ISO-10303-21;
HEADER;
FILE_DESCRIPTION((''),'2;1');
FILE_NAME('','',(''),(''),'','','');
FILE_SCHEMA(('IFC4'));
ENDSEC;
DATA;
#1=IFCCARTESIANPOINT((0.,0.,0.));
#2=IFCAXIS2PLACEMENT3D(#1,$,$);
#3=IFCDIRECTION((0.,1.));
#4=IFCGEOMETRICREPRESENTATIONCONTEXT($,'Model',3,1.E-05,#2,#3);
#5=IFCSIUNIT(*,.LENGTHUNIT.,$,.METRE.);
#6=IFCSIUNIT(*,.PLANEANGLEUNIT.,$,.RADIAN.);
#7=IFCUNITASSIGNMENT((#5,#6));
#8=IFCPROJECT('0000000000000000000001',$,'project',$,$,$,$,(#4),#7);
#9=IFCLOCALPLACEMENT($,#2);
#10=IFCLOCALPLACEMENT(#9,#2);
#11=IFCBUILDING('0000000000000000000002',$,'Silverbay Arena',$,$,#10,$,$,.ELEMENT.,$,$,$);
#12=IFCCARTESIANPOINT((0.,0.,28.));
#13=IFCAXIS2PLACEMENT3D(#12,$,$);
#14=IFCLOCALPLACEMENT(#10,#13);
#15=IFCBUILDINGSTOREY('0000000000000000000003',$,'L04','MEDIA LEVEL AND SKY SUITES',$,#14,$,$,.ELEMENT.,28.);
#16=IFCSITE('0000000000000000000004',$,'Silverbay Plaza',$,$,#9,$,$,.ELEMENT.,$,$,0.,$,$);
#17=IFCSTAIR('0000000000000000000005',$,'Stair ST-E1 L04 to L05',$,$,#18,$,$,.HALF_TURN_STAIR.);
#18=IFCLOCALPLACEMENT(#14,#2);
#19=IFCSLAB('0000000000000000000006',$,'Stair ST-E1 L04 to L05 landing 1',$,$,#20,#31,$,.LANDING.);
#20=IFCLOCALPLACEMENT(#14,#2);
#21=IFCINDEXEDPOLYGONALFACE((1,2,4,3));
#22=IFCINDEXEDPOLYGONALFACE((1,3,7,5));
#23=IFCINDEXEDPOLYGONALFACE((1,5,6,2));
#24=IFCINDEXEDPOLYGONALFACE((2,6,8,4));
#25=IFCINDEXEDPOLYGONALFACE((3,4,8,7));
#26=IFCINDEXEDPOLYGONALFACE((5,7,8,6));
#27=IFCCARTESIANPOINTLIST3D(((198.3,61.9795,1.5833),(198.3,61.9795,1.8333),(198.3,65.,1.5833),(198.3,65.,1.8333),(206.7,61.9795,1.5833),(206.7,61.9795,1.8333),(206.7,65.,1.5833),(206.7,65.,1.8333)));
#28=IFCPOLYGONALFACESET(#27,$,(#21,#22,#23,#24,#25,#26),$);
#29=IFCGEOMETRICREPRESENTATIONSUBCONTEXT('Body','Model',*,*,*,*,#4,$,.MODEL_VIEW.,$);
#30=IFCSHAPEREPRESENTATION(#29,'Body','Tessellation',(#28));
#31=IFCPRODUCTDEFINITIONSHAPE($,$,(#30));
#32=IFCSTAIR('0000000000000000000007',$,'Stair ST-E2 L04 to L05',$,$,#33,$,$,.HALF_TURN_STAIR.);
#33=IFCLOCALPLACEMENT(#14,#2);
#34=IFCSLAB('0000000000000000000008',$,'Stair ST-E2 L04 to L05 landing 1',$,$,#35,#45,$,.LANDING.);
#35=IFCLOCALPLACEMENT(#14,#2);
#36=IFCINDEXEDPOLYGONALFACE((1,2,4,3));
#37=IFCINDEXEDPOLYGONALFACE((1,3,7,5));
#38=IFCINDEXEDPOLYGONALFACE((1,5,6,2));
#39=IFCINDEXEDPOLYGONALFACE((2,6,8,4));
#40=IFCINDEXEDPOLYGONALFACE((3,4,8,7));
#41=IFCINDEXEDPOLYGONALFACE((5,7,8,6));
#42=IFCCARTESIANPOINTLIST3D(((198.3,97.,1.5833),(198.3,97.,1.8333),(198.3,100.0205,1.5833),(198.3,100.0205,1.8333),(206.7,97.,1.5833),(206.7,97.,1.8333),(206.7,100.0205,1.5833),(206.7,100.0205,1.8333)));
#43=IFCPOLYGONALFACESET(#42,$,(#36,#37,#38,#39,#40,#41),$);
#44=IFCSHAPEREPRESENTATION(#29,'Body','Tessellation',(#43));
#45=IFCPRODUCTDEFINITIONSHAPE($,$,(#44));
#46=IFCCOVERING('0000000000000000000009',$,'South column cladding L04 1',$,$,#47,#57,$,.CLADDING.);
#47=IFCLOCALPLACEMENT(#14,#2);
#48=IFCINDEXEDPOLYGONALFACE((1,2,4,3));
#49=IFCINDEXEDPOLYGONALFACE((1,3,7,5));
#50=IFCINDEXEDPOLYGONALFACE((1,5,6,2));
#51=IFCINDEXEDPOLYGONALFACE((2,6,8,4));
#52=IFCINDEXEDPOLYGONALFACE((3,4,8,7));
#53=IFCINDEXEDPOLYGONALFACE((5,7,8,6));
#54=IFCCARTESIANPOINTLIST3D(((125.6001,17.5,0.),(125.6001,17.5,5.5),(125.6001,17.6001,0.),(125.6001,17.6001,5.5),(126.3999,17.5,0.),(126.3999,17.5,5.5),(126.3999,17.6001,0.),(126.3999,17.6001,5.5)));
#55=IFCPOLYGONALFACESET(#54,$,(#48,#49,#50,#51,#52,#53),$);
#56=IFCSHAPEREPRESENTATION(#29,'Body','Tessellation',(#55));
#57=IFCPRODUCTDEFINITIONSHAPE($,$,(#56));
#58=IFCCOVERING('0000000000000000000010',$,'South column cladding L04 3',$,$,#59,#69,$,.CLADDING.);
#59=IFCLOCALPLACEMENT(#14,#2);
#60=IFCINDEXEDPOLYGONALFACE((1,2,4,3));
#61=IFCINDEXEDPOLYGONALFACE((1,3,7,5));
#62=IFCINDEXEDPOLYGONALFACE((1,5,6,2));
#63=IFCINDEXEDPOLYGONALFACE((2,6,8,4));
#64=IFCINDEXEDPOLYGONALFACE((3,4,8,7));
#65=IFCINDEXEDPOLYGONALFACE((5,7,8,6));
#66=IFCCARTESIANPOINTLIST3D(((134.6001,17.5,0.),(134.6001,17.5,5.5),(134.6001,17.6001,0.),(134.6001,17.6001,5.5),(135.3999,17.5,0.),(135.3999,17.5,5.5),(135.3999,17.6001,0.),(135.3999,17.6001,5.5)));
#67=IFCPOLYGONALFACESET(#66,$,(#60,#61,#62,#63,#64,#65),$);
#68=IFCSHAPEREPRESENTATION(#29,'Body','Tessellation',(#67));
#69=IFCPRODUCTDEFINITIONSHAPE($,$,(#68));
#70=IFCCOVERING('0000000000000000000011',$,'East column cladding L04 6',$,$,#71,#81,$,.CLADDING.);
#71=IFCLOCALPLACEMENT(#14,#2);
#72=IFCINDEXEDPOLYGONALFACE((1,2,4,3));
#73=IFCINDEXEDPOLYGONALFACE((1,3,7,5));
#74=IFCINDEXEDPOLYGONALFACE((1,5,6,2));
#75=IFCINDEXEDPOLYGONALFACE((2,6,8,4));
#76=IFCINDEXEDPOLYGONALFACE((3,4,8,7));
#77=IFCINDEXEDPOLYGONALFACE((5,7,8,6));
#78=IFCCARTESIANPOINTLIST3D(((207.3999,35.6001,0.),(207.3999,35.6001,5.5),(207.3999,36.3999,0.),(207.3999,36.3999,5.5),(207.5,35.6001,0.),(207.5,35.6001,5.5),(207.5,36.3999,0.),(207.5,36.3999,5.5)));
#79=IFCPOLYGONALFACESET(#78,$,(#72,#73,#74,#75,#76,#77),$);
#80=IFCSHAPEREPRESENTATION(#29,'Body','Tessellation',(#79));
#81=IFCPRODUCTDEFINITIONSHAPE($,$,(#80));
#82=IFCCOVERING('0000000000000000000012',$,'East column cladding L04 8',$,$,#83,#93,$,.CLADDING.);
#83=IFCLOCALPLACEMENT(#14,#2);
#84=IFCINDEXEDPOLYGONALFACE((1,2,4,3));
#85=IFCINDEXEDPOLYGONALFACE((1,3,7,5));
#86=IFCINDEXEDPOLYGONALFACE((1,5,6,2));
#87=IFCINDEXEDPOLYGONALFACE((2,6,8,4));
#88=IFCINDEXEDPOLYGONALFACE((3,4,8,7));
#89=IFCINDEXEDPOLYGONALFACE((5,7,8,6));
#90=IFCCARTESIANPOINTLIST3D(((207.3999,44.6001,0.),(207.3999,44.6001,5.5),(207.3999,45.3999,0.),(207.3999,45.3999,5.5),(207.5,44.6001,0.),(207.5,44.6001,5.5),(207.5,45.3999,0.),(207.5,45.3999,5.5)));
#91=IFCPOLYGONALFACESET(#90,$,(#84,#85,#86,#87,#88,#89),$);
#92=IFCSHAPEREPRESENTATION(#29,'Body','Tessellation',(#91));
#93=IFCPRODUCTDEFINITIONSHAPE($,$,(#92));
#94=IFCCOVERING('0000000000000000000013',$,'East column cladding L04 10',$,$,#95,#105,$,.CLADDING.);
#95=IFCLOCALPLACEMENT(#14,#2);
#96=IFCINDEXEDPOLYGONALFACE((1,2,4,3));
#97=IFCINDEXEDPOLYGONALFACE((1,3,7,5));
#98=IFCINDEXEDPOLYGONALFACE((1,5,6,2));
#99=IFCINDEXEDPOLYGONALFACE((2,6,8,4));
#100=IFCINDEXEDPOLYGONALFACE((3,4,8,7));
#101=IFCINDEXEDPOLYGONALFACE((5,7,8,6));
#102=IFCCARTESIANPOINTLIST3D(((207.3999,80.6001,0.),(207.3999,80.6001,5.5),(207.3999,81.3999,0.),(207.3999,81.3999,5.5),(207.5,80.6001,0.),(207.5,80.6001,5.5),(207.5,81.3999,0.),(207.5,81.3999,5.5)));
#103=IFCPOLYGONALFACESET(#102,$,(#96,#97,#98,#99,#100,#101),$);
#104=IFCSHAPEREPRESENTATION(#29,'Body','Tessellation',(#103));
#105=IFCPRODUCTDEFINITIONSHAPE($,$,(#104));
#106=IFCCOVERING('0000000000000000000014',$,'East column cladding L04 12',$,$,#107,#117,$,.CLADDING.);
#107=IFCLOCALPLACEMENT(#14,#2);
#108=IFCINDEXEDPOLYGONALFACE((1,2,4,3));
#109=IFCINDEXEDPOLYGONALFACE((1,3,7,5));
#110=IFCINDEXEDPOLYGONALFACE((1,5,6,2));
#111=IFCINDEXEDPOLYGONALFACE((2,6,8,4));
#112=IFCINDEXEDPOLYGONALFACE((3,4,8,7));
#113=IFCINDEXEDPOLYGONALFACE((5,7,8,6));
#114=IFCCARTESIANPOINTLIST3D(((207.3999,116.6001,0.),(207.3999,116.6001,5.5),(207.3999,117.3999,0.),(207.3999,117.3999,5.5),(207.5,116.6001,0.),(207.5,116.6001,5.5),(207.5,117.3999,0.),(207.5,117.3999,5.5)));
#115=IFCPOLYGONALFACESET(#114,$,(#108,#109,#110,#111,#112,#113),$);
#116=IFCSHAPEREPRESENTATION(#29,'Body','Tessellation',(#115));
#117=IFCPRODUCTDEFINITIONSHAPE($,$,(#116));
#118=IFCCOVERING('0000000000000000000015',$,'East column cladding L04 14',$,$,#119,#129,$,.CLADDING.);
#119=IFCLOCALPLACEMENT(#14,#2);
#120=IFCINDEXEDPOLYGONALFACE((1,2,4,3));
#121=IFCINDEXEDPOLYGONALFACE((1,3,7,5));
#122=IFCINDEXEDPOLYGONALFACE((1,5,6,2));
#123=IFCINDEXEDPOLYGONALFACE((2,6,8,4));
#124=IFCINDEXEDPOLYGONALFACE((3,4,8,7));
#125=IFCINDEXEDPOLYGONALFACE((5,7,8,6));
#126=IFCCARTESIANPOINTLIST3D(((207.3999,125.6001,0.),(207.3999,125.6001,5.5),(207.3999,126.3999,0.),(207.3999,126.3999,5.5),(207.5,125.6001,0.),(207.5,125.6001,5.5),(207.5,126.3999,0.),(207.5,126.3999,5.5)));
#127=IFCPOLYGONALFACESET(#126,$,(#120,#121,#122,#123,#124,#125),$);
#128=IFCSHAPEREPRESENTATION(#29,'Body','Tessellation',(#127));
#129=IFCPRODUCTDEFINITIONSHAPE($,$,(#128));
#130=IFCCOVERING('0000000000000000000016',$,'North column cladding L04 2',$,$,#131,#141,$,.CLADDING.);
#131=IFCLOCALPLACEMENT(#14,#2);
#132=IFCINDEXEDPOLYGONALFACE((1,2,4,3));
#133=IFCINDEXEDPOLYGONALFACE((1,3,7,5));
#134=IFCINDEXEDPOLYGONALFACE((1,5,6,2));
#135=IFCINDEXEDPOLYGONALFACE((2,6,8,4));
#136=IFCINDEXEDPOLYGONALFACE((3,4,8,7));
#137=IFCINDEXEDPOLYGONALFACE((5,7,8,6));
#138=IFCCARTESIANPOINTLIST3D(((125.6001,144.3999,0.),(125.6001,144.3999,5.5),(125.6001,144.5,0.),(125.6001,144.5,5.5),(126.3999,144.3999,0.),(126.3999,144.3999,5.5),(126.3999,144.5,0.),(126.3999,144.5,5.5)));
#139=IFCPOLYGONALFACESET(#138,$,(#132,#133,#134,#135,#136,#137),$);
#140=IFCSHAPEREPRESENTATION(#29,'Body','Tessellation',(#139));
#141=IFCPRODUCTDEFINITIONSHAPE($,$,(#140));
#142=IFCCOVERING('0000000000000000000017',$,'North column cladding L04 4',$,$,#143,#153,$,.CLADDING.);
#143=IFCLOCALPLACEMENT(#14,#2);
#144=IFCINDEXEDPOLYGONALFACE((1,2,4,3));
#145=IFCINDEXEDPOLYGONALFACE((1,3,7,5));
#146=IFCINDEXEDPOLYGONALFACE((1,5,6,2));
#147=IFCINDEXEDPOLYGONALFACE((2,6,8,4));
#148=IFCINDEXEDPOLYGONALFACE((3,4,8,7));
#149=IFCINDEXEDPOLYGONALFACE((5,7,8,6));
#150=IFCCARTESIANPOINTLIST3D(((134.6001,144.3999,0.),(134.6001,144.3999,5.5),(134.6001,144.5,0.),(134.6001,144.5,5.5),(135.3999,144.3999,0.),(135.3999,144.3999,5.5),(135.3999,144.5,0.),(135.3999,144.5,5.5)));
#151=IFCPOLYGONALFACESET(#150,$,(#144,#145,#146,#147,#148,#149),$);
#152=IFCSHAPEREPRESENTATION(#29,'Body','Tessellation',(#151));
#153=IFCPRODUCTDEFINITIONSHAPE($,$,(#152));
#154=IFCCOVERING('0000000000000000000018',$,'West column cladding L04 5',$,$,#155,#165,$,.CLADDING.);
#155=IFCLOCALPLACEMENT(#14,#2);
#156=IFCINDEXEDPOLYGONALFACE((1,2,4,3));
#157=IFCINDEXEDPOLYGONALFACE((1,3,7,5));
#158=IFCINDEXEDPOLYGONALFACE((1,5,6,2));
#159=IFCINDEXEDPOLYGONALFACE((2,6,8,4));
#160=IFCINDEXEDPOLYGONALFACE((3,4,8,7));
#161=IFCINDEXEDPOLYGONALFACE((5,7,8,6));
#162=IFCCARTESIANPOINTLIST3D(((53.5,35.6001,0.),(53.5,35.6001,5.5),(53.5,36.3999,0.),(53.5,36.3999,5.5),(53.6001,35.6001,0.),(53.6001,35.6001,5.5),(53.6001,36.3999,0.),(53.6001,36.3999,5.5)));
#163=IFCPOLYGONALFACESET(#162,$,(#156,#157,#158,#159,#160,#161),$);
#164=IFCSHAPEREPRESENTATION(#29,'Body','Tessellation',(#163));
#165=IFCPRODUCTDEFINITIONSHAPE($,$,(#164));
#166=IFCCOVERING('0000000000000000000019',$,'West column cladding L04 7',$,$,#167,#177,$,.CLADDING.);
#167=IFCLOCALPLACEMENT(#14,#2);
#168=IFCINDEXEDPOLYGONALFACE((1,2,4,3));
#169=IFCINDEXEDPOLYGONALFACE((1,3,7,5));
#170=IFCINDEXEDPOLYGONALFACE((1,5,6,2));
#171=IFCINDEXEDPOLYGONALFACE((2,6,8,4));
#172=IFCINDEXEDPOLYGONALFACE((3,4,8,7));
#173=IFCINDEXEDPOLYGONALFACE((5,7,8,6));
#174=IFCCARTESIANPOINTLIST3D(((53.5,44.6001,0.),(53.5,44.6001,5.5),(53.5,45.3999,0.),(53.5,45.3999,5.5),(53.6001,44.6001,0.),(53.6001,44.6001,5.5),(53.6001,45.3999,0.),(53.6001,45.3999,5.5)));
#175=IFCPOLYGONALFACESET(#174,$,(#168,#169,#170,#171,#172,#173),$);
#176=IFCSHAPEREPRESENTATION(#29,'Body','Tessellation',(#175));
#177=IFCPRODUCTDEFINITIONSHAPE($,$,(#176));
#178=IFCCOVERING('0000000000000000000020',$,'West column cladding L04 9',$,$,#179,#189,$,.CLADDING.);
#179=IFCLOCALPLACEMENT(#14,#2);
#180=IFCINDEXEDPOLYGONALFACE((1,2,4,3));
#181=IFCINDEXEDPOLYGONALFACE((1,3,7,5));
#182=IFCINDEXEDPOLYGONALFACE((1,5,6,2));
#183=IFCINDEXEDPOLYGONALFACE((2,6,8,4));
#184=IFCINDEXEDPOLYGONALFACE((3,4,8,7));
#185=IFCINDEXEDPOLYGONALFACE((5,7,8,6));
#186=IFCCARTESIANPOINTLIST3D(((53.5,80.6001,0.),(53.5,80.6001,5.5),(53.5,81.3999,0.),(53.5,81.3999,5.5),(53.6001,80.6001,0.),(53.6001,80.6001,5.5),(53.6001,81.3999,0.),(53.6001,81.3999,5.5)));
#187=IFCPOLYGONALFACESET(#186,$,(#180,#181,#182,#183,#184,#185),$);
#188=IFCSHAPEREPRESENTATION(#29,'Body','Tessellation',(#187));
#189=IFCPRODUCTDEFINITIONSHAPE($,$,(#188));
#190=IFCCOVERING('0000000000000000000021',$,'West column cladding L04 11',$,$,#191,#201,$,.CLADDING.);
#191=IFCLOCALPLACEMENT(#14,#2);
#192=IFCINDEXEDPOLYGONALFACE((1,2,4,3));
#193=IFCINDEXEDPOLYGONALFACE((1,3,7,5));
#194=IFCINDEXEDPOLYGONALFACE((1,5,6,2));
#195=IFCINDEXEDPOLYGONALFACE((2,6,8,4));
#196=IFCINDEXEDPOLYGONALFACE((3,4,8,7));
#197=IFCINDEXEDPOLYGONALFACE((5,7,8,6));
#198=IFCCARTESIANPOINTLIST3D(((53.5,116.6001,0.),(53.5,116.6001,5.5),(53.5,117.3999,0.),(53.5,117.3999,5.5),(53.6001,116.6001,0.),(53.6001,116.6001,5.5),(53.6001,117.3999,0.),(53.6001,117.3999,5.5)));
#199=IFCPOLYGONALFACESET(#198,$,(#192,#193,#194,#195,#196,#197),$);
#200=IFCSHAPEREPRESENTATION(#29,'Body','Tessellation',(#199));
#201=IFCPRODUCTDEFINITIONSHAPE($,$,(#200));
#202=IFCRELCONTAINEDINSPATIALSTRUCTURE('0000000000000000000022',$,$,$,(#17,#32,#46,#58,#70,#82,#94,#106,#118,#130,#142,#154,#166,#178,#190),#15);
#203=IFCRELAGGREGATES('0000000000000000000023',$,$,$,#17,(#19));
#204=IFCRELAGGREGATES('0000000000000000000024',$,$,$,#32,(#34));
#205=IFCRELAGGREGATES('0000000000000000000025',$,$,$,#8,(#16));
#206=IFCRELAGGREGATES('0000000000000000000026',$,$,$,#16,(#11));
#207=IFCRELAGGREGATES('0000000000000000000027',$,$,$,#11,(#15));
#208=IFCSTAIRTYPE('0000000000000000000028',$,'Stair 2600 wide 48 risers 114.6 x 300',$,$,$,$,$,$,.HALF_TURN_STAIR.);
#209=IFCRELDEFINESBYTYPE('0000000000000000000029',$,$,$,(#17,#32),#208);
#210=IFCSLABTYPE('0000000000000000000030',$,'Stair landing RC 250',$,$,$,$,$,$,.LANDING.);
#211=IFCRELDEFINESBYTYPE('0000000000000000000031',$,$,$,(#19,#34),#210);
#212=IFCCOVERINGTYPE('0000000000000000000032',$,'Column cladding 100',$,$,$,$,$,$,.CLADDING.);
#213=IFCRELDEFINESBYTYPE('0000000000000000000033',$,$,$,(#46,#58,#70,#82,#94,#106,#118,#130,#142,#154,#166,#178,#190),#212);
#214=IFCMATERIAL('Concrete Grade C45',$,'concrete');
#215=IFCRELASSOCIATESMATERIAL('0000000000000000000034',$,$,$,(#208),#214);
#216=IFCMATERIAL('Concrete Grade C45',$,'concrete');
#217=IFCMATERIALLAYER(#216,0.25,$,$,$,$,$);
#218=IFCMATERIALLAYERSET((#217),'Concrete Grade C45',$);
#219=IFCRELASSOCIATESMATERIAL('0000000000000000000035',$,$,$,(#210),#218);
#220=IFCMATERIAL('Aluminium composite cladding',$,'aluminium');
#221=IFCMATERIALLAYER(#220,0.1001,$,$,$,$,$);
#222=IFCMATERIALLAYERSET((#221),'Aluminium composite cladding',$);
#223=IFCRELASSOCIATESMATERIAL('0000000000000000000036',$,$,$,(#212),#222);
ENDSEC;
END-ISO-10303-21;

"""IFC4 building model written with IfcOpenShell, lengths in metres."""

from ifc_helpers import new_model, si_unit, direction, frame, origin, place, context, subcontext, project, spatial, polyline, outline, extrude, material, layer, layer_set, type_object, element, aggregate, save


model = new_model("IFC4")

# Units and contexts
model_context = context("Model", 3, precision=1e-05, world=origin(), true_north=direction((0.0, 1.0)))
body_context = subcontext(model_context, "Body", "Model", "MODEL_VIEW")
ifc_project = project(units=[si_unit("LENGTHUNIT", "METRE"), si_unit("PLANEANGLEUNIT", "RADIAN")], contexts=[model_context])

# Site, building, storey
site_placement = place(None, origin())
site = spatial("IfcSite", under=ifc_project, at=site_placement, Name="Silverbay Plaza", CompositionType="ELEMENT", RefElevation=0.0)
building_placement = place(site_placement, origin())
building = spatial("IfcBuilding", under=site, at=building_placement, Name="Silverbay Arena", CompositionType="ELEMENT")
storey_placement = place(building_placement, frame((0.0, 0.0, 28.0)))
storey = spatial("IfcBuildingStorey", under=building, at=storey_placement, Name="L04", Description="MEDIA LEVEL AND SKY SUITES", CompositionType="ELEMENT", Elevation=28.0)

# Shared definitions
ifc_material_1 = material(Name="Concrete Grade C45", Category="concrete")
stair_type = type_object("IfcStairType", Name="Stair 2600 wide 48 risers 114.6 x 300", PredefinedType="HALF_TURN_STAIR", material=ifc_material_1)
ifc_material_2 = material(Name="Concrete Grade C45", Category="concrete")
ifc_layer_1 = layer(ifc_material_2, 0.25)
ifc_layer_set_1 = layer_set([ifc_layer_1], Name="Concrete Grade C45")
slab_type = type_object("IfcSlabType", Name="Stair landing RC 250", PredefinedType="LANDING", material=ifc_layer_set_1)

# Stairs, slabs
stair_1_placement = place(storey_placement, origin())
stair_1 = element("IfcStair", 1, at=stair_1_placement, inside=storey, type_object=stair_type, Name="Stair ST-E1 L04 to L05", PredefinedType="HALF_TURN_STAIR")
slab_1_placement = place(storey_placement, frame((0.0, 0.0, 1.5833)))
slab_1 = element("IfcSlab", 2, at=slab_1_placement, type_object=slab_type, Name="Stair ST-E1 L04 to L05 landing 1", PredefinedType="LANDING", context=body_context, shape_type="SweptSolid", body=[
    extrude(outline(polyline([(198.3, 61.9795), (198.3, 65.0), (206.7, 65.0), (206.7, 61.9795), (198.3, 61.9795)])), origin(), (0.0, 0.0, 1.0), 0.25),
])
aggregate(stair_1, [slab_1])
stair_2_placement = place(storey_placement, origin())
stair_2 = element("IfcStair", 3, at=stair_2_placement, inside=storey, type_object=stair_type, Name="Stair ST-E2 L04 to L05", PredefinedType="HALF_TURN_STAIR")
slab_2_placement = place(storey_placement, frame((0.0, 0.0, 1.5833)))
slab_2 = element("IfcSlab", 4, at=slab_2_placement, type_object=slab_type, Name="Stair ST-E2 L04 to L05 landing 1", PredefinedType="LANDING", context=body_context, shape_type="SweptSolid", body=[
    extrude(outline(polyline([(198.3, 100.0205), (198.3, 97.0), (206.7, 97.0), (206.7, 100.0205), (198.3, 100.0205)])), origin(), (0.0, 0.0, 1.0), 0.25),
])
aggregate(stair_2, [slab_2])

# Coverings
ifc_material_3 = material(Name="Aluminium composite cladding", Category="aluminium")
ifc_layer_2 = layer(ifc_material_3, 0.1001)
ifc_layer_set_2 = layer_set([ifc_layer_2], Name="Aluminium composite cladding")
covering_type = type_object("IfcCoveringType", Name="Column cladding 100", PredefinedType="CLADDING", material=ifc_layer_set_2)
covering_1_placement = place(storey_placement, origin())
element("IfcCovering", 5, at=covering_1_placement, inside=storey, type_object=covering_type, Name="South column cladding L04 1", PredefinedType="CLADDING", context=body_context, shape_type="SweptSolid", body=[
    extrude(outline(polyline([(125.6001, 17.5), (126.3999, 17.5), (126.3999, 17.6001), (125.6001, 17.6001), (125.6001, 17.5)])), origin(), (0.0, 0.0, 1.0), 5.5),
])
covering_2_placement = place(storey_placement, origin())
element("IfcCovering", 6, at=covering_2_placement, inside=storey, type_object=covering_type, Name="South column cladding L04 3", PredefinedType="CLADDING", context=body_context, shape_type="SweptSolid", body=[
    extrude(outline(polyline([(134.6001, 17.5), (135.3999, 17.5), (135.3999, 17.6001), (134.6001, 17.6001), (134.6001, 17.5)])), origin(), (0.0, 0.0, 1.0), 5.5),
])
covering_3_placement = place(storey_placement, origin())
element("IfcCovering", 7, at=covering_3_placement, inside=storey, type_object=covering_type, Name="East column cladding L04 6", PredefinedType="CLADDING", context=body_context, shape_type="SweptSolid", body=[
    extrude(outline(polyline([(207.3999, 35.6001), (207.5, 35.6001), (207.5, 36.3999), (207.3999, 36.3999), (207.3999, 35.6001)])), origin(), (0.0, 0.0, 1.0), 5.5),
])
covering_4_placement = place(storey_placement, origin())
element("IfcCovering", 8, at=covering_4_placement, inside=storey, type_object=covering_type, Name="East column cladding L04 8", PredefinedType="CLADDING", context=body_context, shape_type="SweptSolid", body=[
    extrude(outline(polyline([(207.3999, 44.6001), (207.5, 44.6001), (207.5, 45.3999), (207.3999, 45.3999), (207.3999, 44.6001)])), origin(), (0.0, 0.0, 1.0), 5.5),
])
covering_5_placement = place(storey_placement, origin())
element("IfcCovering", 9, at=covering_5_placement, inside=storey, type_object=covering_type, Name="East column cladding L04 10", PredefinedType="CLADDING", context=body_context, shape_type="SweptSolid", body=[
    extrude(outline(polyline([(207.3999, 80.6001), (207.5, 80.6001), (207.5, 81.3999), (207.3999, 81.3999), (207.3999, 80.6001)])), origin(), (0.0, 0.0, 1.0), 5.5),
])
covering_6_placement = place(storey_placement, origin())
element("IfcCovering", 10, at=covering_6_placement, inside=storey, type_object=covering_type, Name="East column cladding L04 12", PredefinedType="CLADDING", context=body_context, shape_type="SweptSolid", body=[
    extrude(outline(polyline([(207.3999, 116.6001), (207.5, 116.6001), (207.5, 117.3999), (207.3999, 117.3999), (207.3999, 116.6001)])), origin(), (0.0, 0.0, 1.0), 5.5),
])
covering_7_placement = place(storey_placement, origin())
element("IfcCovering", 11, at=covering_7_placement, inside=storey, type_object=covering_type, Name="East column cladding L04 14", PredefinedType="CLADDING", context=body_context, shape_type="SweptSolid", body=[
    extrude(outline(polyline([(207.3999, 125.6001), (207.5, 125.6001), (207.5, 126.3999), (207.3999, 126.3999), (207.3999, 125.6001)])), origin(), (0.0, 0.0, 1.0), 5.5),
])
covering_8_placement = place(storey_placement, origin())
element("IfcCovering", 12, at=covering_8_placement, inside=storey, type_object=covering_type, Name="North column cladding L04 2", PredefinedType="CLADDING", context=body_context, shape_type="SweptSolid", body=[
    extrude(outline(polyline([(125.6001, 144.3999), (126.3999, 144.3999), (126.3999, 144.5), (125.6001, 144.5), (125.6001, 144.3999)])), origin(), (0.0, 0.0, 1.0), 5.5),
])
covering_9_placement = place(storey_placement, origin())
element("IfcCovering", 13, at=covering_9_placement, inside=storey, type_object=covering_type, Name="North column cladding L04 4", PredefinedType="CLADDING", context=body_context, shape_type="SweptSolid", body=[
    extrude(outline(polyline([(134.6001, 144.3999), (135.3999, 144.3999), (135.3999, 144.5), (134.6001, 144.5), (134.6001, 144.3999)])), origin(), (0.0, 0.0, 1.0), 5.5),
])
covering_10_placement = place(storey_placement, origin())
element("IfcCovering", 14, at=covering_10_placement, inside=storey, type_object=covering_type, Name="West column cladding L04 5", PredefinedType="CLADDING", context=body_context, shape_type="SweptSolid", body=[
    extrude(outline(polyline([(53.5, 35.6001), (53.6001, 35.6001), (53.6001, 36.3999), (53.5, 36.3999), (53.5, 35.6001)])), origin(), (0.0, 0.0, 1.0), 5.5),
])
covering_11_placement = place(storey_placement, origin())
element("IfcCovering", 15, at=covering_11_placement, inside=storey, type_object=covering_type, Name="West column cladding L04 7", PredefinedType="CLADDING", context=body_context, shape_type="SweptSolid", body=[
    extrude(outline(polyline([(53.5, 44.6001), (53.6001, 44.6001), (53.6001, 45.3999), (53.5, 45.3999), (53.5, 44.6001)])), origin(), (0.0, 0.0, 1.0), 5.5),
])
covering_12_placement = place(storey_placement, origin())
element("IfcCovering", 16, at=covering_12_placement, inside=storey, type_object=covering_type, Name="West column cladding L04 9", PredefinedType="CLADDING", context=body_context, shape_type="SweptSolid", body=[
    extrude(outline(polyline([(53.5, 80.6001), (53.6001, 80.6001), (53.6001, 81.3999), (53.5, 81.3999), (53.5, 80.6001)])), origin(), (0.0, 0.0, 1.0), 5.5),
])
covering_13_placement = place(storey_placement, origin())
element("IfcCovering", 17, at=covering_13_placement, inside=storey, type_object=covering_type, Name="West column cladding L04 11", PredefinedType="CLADDING", context=body_context, shape_type="SweptSolid", body=[
    extrude(outline(polyline([(53.5, 116.6001), (53.6001, 116.6001), (53.6001, 117.3999), (53.5, 117.3999), (53.5, 116.6001)])), origin(), (0.0, 0.0, 1.0), 5.5),
])

save(model, "model.ifc")
